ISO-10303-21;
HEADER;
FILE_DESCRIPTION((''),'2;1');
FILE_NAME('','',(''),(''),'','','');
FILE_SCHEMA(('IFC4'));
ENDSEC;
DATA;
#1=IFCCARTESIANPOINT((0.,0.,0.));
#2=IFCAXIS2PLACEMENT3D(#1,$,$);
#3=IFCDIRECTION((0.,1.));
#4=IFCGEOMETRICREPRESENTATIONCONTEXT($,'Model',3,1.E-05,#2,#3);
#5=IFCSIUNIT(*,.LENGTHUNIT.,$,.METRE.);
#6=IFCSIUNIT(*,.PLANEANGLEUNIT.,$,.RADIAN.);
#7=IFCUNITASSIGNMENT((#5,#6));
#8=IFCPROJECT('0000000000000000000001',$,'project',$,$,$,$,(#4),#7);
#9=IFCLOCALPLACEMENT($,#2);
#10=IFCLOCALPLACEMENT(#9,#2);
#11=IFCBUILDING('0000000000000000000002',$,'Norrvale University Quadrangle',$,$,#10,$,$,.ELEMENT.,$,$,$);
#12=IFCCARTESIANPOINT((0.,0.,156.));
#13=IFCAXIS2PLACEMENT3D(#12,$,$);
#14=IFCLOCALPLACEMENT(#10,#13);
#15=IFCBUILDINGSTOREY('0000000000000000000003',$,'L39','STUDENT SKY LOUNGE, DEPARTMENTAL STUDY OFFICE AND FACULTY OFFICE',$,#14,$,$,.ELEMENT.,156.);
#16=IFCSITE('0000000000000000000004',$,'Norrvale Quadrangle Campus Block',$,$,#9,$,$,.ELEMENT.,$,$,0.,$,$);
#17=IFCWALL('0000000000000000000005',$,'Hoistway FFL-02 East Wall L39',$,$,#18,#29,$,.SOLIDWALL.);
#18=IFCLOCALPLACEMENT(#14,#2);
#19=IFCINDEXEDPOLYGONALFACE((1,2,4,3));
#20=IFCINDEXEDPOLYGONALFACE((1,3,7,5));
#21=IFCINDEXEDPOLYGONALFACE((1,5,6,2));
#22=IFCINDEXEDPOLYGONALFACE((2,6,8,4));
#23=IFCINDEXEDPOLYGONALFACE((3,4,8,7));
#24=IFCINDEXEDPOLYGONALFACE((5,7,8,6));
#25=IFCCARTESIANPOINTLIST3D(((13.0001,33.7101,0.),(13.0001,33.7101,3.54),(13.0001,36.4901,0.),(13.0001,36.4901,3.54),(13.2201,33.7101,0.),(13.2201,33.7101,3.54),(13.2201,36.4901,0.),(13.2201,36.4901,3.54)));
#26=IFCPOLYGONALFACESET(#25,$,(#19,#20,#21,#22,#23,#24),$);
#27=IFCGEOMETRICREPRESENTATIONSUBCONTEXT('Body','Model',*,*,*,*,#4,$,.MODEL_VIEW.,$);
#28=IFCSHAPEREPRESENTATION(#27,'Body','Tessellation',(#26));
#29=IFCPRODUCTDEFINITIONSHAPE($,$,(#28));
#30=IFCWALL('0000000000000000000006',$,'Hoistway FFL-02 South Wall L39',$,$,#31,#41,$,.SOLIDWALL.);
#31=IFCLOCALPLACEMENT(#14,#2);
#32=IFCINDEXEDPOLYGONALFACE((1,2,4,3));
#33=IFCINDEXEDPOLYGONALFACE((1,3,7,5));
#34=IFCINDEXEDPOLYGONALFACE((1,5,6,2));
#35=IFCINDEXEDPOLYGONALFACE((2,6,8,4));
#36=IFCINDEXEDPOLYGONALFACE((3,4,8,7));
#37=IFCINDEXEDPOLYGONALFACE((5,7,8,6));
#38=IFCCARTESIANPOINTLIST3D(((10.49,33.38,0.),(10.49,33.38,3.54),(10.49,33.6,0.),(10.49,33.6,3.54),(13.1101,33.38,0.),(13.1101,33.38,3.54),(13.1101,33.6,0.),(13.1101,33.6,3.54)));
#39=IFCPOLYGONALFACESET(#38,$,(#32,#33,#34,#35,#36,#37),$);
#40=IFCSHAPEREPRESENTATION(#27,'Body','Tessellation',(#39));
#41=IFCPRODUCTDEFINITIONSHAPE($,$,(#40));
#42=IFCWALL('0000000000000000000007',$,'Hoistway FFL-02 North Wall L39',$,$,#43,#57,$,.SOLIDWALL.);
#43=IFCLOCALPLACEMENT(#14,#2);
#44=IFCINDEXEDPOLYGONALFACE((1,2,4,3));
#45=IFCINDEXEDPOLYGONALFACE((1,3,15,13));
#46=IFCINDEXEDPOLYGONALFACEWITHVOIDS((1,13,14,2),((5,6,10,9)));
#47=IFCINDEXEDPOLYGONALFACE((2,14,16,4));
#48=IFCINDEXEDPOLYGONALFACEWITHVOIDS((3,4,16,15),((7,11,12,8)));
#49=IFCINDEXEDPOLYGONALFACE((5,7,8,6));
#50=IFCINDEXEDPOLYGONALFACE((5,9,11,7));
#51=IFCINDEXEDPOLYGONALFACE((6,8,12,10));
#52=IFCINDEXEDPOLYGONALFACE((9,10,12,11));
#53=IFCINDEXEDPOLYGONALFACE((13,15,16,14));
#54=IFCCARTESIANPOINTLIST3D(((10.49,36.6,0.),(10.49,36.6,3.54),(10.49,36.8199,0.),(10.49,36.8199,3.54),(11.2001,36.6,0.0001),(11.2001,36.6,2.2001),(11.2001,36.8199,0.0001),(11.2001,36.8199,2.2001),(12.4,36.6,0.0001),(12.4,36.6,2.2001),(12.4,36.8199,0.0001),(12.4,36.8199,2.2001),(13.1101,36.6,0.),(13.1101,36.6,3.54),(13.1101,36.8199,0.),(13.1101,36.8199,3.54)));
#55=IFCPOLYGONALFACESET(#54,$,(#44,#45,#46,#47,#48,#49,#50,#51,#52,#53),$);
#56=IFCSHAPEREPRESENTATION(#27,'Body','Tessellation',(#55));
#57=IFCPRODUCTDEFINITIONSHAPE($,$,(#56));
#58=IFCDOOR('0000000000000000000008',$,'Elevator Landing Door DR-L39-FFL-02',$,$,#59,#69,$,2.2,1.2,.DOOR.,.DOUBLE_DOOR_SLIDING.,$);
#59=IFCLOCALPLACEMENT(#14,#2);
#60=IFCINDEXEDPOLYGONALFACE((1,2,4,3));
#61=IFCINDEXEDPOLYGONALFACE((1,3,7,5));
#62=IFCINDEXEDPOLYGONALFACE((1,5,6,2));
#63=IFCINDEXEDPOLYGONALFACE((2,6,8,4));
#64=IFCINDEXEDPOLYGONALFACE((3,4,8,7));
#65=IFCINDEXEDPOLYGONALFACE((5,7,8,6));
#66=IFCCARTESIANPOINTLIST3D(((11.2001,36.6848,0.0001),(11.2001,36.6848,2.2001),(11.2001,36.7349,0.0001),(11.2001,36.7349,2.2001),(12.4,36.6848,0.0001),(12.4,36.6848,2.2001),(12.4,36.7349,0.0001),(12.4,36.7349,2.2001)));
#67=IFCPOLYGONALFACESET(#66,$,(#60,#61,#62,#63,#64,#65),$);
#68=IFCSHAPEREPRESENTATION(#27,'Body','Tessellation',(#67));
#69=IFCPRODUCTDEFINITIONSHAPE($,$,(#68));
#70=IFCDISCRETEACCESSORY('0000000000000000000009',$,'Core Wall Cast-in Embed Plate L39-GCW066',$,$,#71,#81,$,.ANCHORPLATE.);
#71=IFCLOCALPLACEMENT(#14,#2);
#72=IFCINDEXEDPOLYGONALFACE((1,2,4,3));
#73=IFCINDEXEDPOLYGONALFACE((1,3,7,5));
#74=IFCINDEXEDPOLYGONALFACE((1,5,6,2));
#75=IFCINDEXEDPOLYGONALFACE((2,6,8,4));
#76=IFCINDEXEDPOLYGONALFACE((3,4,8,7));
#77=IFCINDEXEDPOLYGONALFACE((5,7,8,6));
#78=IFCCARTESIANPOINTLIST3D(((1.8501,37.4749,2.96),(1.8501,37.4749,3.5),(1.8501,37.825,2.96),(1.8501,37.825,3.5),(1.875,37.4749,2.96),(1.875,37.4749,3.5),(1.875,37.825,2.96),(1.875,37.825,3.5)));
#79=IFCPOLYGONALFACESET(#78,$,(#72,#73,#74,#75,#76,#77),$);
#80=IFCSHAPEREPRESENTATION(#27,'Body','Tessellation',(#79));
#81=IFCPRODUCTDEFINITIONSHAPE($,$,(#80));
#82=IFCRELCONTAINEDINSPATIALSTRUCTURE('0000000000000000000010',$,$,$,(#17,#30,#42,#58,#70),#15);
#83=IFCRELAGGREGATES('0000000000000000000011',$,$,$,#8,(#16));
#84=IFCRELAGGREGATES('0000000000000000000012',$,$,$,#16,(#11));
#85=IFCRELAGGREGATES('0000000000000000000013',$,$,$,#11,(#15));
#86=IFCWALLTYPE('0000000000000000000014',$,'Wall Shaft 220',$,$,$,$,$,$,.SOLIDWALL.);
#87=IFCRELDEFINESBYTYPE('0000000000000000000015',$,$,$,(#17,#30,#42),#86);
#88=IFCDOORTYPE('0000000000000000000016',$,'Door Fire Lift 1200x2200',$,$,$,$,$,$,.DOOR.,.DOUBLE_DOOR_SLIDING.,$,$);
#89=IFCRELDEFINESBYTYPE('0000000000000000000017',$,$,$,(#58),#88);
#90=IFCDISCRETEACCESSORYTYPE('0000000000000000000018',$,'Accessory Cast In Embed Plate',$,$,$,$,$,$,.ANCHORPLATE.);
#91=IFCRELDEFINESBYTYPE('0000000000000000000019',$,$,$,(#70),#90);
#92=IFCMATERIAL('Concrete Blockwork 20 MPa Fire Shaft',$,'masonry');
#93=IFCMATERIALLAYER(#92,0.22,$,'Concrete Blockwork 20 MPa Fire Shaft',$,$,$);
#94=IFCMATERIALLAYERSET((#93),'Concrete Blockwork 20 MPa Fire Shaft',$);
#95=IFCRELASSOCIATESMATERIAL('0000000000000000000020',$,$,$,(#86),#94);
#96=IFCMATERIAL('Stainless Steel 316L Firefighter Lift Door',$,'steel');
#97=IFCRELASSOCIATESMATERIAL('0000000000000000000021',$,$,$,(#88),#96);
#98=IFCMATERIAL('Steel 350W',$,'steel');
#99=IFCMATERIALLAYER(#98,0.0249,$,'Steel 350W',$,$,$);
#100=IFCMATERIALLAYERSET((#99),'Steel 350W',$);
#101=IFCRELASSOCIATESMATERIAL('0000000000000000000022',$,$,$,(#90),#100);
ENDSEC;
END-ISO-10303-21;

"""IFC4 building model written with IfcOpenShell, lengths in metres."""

from ifc_helpers import new_model, si_unit, direction, frame, frame_2d, origin, origin_2d, place, context, subcontext, project, spatial, rectangle, extrude, material, layer, layer_set, type_object, element, fill, save


model = new_model("IFC4")

# Units and contexts
model_context = context("Model", 3, precision=1e-05, world=origin(), true_north=direction((0.0, 1.0)))
body_context = subcontext(model_context, "Body", "Model", "MODEL_VIEW")
ifc_project = project(units=[si_unit("LENGTHUNIT", "METRE"), si_unit("PLANEANGLEUNIT", "RADIAN")], contexts=[model_context])

# Site, building, storey
site_placement = place(None, origin())
site = spatial("IfcSite", under=ifc_project, at=site_placement, Name="Norrvale Quadrangle Campus Block", CompositionType="ELEMENT", RefElevation=0.0)
building_placement = place(site_placement, origin())
building = spatial("IfcBuilding", under=site, at=building_placement, Name="Norrvale University Quadrangle", CompositionType="ELEMENT")
storey_placement = place(building_placement, frame((0.0, 0.0, 156.0)))
storey = spatial("IfcBuildingStorey", under=building, at=storey_placement, Name="L39", Description="STUDENT SKY LOUNGE, DEPARTMENTAL STUDY OFFICE AND FACULTY OFFICE", CompositionType="ELEMENT", Elevation=156.0)

# Shared definitions
ifc_material_1 = material(Name="Steel 350W", Category="steel")

# Shared definitions
ifc_material_2 = material(Name="Concrete Blockwork 20 MPa Fire Shaft", Category="masonry")
ifc_layer_1 = layer(ifc_material_2, 0.22, Name="Concrete Blockwork 20 MPa Fire Shaft")
ifc_layer_set_1 = layer_set([ifc_layer_1], Name="Concrete Blockwork 20 MPa Fire Shaft")
wall_type_1 = type_object("IfcWallType", Name="Wall Shaft 220", PredefinedType="SOLIDWALL", material=ifc_layer_set_1)

# Shared definitions
ifc_material_3 = material(Name="Stainless Steel 316L Firefighter Lift Door", Category="steel")
door_type_1 = type_object("IfcDoorType", Name="Door Fire Lift 1200x2200", OperationType="DOUBLE_DOOR_SLIDING", PredefinedType="DOOR", material=ifc_material_3)

# Walls
for number, where, z_axis, x_axis, name in (
    (1, (13.1101, 33.71, 0.0), (0.0, 0.0, 1.0), (0.0, 1.0, 0.0), "Hoistway FFL-02 East Wall L39"),
):
    element("IfcWall", number, at=place(storey_placement, frame(where, z_axis=z_axis, x_axis=x_axis)), inside=storey, type_object=wall_type_1, Name=name, PredefinedType="SOLIDWALL", context=body_context, shape_type="SweptSolid", body=[
        extrude(rectangle(XDim=2.78, YDim=0.22, at=frame_2d((1.3901, 0.0))), origin(), (0.0, 0.0, 1.0), 3.54),
    ])
wall_1_placement = place(storey_placement, frame((10.49, 33.49, 0.0), z_axis=(0.0, 0.0, 1.0), x_axis=(1.0, 0.0, 0.0)))
element("IfcWall", 2, at=wall_1_placement, inside=storey, type_object=wall_type_1, Name="Hoistway FFL-02 South Wall L39", PredefinedType="SOLIDWALL", context=body_context, shape_type="SweptSolid", body=[
    extrude(rectangle(XDim=2.6201, YDim=0.22, at=frame_2d((1.3101, 0.0))), origin(), (0.0, 0.0, 1.0), 3.54),
])

# Wall, opening, door
wall_2_placement = place(storey_placement, frame((10.49, 36.71, 0.0), z_axis=(0.0, 0.0, 1.0), x_axis=(1.0, 0.0, 0.0)))
wall_2 = element("IfcWall", 3, at=wall_2_placement, inside=storey, type_object=wall_type_1, Name="Hoistway FFL-02 North Wall L39", PredefinedType="SOLIDWALL", context=body_context, shape_type="SweptSolid", body=[
    extrude(rectangle(XDim=2.6201, YDim=0.22, at=frame_2d((1.3101, 0.0))), origin(), (0.0, 0.0, 1.0), 3.54),
])
opening_1_placement = place(wall_2_placement, frame((0.71, 0.0, 0.0)))
opening_1 = element("IfcOpeningElement", 4, at=opening_1_placement, cuts=wall_2, PredefinedType="OPENING", context=body_context, shape_type="SweptSolid", body=[
    extrude(rectangle(XDim=1.2, YDim=2.2, at=frame_2d((0.6001, 1.1001))), frame((0.0, 0.1221, 0.0), z_axis=(0.0, -1.0, 0.0), x_axis=(1.0, 0.0, 0.0)), (0.0, 0.0, 1.0), 0.2439),
])
door_1_placement = place(opening_1_placement, origin())
door_1 = element("IfcDoor", 5, at=door_1_placement, inside=storey, type_object=door_type_1, Name="Elevator Landing Door DR-L39-FFL-02", OperationType="DOUBLE_DOOR_SLIDING", OverallHeight=2.2, OverallWidth=1.2, PredefinedType="DOOR", context=body_context, shape_type="SweptSolid", body=[
    extrude(rectangle(XDim=1.2, YDim=2.2, at=frame_2d((0.6001, 1.1001))), frame((0.0, 0.0249, 0.0), z_axis=(0.0, -1.0, 0.0), x_axis=(1.0, 0.0, 0.0)), (0.0, 0.0, 1.0), 0.05),
])
fill(opening_1, door_1)

# Discrete accessory
ifc_layer_2 = layer(ifc_material_1, 0.0249, Name="Steel 350W")
ifc_layer_set_2 = layer_set([ifc_layer_2], Name="Steel 350W")
discrete_accessory_type = type_object("IfcDiscreteAccessoryType", Name="Accessory Cast In Embed Plate", PredefinedType="ANCHORPLATE", material=ifc_layer_set_2)
discrete_accessory_placement = place(storey_placement, frame((1.8625, 37.6499, 2.96), z_axis=(0.0, 0.0, 1.0), x_axis=(1.0, 0.0, 0.0)))
element("IfcDiscreteAccessory", 6, at=discrete_accessory_placement, inside=storey, type_object=discrete_accessory_type, Name="Core Wall Cast-in Embed Plate L39-GCW066", PredefinedType="ANCHORPLATE", context=body_context, shape_type="SweptSolid", body=[
    extrude(rectangle(XDim=0.0249, YDim=0.3501, at=origin_2d()), origin(), (0.0, 0.0, 1.0), 0.54),
])

save(model, "model.ifc")
